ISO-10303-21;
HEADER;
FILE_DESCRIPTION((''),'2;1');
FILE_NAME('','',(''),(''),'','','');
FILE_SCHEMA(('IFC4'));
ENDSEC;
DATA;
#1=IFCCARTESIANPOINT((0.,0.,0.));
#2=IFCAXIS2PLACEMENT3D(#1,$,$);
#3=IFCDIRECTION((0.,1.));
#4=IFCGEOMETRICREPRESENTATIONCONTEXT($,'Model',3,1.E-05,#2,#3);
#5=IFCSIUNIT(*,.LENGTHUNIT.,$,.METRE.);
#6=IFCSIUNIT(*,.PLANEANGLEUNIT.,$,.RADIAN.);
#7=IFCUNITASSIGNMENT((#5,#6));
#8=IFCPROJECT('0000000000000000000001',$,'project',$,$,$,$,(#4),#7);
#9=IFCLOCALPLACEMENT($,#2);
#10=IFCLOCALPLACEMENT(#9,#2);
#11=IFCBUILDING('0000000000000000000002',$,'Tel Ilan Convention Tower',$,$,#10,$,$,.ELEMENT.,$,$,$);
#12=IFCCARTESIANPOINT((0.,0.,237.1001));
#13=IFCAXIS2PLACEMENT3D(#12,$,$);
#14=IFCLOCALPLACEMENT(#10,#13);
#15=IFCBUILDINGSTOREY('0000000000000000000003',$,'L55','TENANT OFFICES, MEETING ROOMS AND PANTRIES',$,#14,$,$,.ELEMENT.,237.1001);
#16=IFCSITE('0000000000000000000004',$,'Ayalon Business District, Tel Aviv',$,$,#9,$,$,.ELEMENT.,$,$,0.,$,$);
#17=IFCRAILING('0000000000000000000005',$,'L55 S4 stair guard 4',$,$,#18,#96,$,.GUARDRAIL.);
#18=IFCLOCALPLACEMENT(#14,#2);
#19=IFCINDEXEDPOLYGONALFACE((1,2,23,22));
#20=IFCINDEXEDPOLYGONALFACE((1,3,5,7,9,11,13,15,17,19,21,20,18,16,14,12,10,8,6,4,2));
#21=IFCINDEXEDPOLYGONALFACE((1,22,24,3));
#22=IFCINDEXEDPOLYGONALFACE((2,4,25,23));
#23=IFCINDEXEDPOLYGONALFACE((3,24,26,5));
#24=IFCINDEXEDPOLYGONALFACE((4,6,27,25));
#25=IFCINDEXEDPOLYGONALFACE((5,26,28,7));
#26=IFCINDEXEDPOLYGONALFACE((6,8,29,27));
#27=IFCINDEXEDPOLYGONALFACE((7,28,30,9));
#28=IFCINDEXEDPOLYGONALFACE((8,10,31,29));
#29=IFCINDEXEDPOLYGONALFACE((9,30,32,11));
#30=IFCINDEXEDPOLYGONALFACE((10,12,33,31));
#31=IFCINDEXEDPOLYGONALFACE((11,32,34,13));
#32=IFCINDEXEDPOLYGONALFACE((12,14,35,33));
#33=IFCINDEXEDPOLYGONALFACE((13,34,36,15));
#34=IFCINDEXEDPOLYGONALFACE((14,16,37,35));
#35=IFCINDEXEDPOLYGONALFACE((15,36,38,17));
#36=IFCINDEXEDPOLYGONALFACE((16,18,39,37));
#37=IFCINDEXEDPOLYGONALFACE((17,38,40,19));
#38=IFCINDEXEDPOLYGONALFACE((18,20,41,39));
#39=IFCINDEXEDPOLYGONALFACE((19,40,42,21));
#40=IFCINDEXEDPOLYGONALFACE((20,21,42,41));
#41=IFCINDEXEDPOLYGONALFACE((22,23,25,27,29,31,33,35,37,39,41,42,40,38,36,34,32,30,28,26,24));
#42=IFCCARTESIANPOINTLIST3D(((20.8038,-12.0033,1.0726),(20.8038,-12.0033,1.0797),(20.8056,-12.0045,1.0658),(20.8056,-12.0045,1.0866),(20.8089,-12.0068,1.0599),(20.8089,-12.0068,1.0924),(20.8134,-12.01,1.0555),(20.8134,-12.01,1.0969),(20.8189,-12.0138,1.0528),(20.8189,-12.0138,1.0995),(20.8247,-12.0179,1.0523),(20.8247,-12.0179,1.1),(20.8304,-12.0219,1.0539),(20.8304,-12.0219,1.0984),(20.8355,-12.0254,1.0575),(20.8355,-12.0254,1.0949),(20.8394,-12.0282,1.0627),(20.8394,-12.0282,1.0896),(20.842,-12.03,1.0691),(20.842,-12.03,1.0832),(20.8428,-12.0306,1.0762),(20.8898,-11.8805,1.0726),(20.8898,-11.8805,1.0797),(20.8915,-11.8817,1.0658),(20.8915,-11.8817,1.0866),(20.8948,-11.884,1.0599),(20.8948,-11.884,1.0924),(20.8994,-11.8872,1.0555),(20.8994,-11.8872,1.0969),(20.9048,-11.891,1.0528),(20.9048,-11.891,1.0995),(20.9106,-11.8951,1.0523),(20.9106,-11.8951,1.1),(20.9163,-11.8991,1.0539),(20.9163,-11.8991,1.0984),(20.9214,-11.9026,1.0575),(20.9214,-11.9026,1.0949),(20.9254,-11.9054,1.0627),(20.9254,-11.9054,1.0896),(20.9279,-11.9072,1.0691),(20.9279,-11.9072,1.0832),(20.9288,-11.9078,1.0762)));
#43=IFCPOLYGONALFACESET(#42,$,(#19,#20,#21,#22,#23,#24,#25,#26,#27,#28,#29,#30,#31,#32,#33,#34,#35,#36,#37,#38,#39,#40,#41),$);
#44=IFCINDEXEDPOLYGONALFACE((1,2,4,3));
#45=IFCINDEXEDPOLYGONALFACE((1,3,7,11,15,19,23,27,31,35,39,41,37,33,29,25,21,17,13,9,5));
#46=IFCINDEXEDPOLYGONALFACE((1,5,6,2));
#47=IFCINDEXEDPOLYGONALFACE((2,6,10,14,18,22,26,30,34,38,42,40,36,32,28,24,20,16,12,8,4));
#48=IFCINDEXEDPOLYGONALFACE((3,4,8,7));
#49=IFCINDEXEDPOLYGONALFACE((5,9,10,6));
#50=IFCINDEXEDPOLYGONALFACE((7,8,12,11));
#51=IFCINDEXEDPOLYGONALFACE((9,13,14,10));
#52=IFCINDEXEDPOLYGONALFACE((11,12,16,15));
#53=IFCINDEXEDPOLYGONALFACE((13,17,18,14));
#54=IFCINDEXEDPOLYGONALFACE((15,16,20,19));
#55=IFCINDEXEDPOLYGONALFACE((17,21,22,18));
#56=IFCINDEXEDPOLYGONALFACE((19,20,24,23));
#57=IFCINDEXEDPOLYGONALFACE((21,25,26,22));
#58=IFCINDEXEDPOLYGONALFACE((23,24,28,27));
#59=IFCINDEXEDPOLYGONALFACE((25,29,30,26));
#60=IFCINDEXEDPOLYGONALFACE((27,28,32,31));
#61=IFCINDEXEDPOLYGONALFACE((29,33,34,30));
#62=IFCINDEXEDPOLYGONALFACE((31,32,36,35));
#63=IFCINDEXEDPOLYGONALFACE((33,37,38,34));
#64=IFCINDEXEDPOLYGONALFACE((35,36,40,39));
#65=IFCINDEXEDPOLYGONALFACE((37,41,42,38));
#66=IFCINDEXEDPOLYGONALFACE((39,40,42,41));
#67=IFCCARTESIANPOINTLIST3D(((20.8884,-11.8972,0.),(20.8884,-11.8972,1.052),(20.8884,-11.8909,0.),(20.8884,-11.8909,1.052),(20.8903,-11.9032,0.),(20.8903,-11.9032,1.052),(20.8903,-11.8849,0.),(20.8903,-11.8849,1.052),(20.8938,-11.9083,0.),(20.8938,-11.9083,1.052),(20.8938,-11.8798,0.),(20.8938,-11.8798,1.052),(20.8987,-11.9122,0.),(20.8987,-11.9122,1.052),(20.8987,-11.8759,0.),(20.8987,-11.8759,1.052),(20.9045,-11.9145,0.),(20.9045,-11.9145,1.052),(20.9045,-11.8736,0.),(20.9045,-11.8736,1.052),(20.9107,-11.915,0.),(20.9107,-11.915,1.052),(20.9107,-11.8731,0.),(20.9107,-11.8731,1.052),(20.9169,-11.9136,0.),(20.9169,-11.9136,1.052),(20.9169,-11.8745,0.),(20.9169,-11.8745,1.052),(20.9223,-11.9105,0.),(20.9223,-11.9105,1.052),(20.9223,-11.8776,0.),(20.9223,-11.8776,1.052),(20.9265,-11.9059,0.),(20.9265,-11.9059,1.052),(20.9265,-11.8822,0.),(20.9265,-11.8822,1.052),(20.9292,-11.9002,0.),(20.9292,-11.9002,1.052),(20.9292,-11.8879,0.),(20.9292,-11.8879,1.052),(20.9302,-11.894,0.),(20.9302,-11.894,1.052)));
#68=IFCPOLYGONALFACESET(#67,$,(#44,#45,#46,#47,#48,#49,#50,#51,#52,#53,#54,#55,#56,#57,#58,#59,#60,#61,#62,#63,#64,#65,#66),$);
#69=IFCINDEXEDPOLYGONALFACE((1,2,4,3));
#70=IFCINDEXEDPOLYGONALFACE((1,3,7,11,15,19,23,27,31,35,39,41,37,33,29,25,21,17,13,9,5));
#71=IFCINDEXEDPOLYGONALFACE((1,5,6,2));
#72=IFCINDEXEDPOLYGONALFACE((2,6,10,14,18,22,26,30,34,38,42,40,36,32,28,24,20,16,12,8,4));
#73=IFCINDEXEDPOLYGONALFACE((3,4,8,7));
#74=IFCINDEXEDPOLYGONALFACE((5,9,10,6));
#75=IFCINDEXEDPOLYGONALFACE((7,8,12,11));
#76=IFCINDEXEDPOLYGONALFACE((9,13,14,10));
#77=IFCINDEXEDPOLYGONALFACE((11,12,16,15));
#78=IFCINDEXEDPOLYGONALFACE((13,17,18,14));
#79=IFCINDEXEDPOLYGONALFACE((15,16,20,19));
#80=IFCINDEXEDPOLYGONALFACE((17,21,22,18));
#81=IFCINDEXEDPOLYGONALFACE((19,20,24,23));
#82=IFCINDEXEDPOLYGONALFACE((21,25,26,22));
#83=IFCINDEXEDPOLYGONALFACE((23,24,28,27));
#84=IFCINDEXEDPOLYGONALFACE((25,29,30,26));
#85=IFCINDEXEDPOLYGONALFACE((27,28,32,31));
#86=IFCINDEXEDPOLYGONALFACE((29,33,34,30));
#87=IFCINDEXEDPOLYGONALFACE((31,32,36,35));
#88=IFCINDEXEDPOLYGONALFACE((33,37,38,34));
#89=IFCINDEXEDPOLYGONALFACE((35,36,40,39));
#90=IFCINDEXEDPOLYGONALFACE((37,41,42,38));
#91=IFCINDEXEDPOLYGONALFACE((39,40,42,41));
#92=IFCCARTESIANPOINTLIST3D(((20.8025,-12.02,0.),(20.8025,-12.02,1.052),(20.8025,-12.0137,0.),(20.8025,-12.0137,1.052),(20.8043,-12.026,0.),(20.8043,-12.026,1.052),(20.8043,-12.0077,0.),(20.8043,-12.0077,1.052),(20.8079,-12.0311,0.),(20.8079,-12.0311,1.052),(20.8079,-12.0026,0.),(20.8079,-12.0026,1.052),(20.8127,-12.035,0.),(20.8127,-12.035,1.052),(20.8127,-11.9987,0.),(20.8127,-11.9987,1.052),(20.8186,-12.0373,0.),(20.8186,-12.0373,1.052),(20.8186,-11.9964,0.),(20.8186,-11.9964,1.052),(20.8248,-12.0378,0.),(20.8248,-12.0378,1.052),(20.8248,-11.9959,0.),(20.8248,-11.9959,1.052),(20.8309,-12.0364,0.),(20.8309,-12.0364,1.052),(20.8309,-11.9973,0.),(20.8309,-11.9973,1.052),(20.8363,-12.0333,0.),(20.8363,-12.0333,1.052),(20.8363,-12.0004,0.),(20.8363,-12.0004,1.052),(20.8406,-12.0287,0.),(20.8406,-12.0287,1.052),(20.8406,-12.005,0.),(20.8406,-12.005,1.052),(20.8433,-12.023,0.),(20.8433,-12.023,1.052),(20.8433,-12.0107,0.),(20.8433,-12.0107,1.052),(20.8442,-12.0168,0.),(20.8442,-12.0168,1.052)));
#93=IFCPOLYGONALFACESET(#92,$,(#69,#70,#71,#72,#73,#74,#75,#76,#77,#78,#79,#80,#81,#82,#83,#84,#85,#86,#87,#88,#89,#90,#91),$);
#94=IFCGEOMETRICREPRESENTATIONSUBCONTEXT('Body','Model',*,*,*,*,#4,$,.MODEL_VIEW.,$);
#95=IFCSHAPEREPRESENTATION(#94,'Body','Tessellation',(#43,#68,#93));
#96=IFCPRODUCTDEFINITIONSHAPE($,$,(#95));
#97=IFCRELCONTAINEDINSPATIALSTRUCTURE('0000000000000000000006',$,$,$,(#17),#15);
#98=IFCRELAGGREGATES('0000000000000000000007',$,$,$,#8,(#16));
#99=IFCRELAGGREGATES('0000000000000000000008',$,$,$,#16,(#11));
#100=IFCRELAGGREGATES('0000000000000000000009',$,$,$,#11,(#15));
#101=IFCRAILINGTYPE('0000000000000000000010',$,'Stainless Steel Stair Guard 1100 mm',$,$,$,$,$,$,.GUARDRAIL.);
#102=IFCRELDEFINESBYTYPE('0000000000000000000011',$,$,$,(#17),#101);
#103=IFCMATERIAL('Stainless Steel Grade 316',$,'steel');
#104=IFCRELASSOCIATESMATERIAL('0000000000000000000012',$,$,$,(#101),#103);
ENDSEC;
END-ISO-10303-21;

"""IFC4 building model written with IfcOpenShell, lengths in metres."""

from ifc_helpers import new_model, si_unit, direction, frame, origin, origin_2d, place, context, subcontext, project, spatial, circle, extrude, material, type_object, element, save


model = new_model("IFC4")

# Units and contexts
model_context = context("Model", 3, precision=1e-05, world=origin(), true_north=direction((0.0, 1.0)))
body_context = subcontext(model_context, "Body", "Model", "MODEL_VIEW")
ifc_project = project(units=[si_unit("LENGTHUNIT", "METRE"), si_unit("PLANEANGLEUNIT", "RADIAN")], contexts=[model_context])

# Site, building, storey
site_placement = place(None, origin())
site = spatial("IfcSite", under=ifc_project, at=site_placement, Name="Ayalon Business District, Tel Aviv", CompositionType="ELEMENT", RefElevation=0.0)
building_placement = place(site_placement, origin())
building = spatial("IfcBuilding", under=site, at=building_placement, Name="Tel Ilan Convention Tower", CompositionType="ELEMENT")
storey_placement = place(building_placement, frame((0.0, 0.0, 237.1001)))
storey = spatial("IfcBuildingStorey", under=building, at=storey_placement, Name="L55", Description="TENANT OFFICES, MEETING ROOMS AND PANTRIES", CompositionType="ELEMENT", Elevation=237.1001)

# Railing
ifc_material_1 = material(Name="Stainless Steel Grade 316", Category="steel")
railing_type_1 = type_object("IfcRailingType", Name="Stainless Steel Stair Guard 1100 mm", PredefinedType="GUARDRAIL", material=ifc_material_1)
railing_1_placement = place(storey_placement, frame((20.9092, -11.894, 0.0)))
element("IfcRailing", 1, at=railing_1_placement, inside=storey, type_object=railing_type_1, Name="L55 S4 stair guard 4", PredefinedType="GUARDRAIL", context=body_context, shape_type="SweptSolid", body=[
    extrude(circle(Radius=0.0239, at=origin_2d()), frame((0.0, 0.0, 1.0762), z_axis=(-0.573353, -0.819308, 0.0), x_axis=(0.819308, -0.573353, 0.0)), (0.0, 0.0, 1.0), 0.1499),
    extrude(circle(Radius=0.021, at=origin_2d()), origin(), (0.0, 0.0, 1.0), 1.052),
    extrude(circle(Radius=0.021, at=origin_2d()), frame((-0.0859, -0.1228, 0.0)), (0.0, 0.0, 1.0), 1.052),
])

save(model, "model.ifc")
